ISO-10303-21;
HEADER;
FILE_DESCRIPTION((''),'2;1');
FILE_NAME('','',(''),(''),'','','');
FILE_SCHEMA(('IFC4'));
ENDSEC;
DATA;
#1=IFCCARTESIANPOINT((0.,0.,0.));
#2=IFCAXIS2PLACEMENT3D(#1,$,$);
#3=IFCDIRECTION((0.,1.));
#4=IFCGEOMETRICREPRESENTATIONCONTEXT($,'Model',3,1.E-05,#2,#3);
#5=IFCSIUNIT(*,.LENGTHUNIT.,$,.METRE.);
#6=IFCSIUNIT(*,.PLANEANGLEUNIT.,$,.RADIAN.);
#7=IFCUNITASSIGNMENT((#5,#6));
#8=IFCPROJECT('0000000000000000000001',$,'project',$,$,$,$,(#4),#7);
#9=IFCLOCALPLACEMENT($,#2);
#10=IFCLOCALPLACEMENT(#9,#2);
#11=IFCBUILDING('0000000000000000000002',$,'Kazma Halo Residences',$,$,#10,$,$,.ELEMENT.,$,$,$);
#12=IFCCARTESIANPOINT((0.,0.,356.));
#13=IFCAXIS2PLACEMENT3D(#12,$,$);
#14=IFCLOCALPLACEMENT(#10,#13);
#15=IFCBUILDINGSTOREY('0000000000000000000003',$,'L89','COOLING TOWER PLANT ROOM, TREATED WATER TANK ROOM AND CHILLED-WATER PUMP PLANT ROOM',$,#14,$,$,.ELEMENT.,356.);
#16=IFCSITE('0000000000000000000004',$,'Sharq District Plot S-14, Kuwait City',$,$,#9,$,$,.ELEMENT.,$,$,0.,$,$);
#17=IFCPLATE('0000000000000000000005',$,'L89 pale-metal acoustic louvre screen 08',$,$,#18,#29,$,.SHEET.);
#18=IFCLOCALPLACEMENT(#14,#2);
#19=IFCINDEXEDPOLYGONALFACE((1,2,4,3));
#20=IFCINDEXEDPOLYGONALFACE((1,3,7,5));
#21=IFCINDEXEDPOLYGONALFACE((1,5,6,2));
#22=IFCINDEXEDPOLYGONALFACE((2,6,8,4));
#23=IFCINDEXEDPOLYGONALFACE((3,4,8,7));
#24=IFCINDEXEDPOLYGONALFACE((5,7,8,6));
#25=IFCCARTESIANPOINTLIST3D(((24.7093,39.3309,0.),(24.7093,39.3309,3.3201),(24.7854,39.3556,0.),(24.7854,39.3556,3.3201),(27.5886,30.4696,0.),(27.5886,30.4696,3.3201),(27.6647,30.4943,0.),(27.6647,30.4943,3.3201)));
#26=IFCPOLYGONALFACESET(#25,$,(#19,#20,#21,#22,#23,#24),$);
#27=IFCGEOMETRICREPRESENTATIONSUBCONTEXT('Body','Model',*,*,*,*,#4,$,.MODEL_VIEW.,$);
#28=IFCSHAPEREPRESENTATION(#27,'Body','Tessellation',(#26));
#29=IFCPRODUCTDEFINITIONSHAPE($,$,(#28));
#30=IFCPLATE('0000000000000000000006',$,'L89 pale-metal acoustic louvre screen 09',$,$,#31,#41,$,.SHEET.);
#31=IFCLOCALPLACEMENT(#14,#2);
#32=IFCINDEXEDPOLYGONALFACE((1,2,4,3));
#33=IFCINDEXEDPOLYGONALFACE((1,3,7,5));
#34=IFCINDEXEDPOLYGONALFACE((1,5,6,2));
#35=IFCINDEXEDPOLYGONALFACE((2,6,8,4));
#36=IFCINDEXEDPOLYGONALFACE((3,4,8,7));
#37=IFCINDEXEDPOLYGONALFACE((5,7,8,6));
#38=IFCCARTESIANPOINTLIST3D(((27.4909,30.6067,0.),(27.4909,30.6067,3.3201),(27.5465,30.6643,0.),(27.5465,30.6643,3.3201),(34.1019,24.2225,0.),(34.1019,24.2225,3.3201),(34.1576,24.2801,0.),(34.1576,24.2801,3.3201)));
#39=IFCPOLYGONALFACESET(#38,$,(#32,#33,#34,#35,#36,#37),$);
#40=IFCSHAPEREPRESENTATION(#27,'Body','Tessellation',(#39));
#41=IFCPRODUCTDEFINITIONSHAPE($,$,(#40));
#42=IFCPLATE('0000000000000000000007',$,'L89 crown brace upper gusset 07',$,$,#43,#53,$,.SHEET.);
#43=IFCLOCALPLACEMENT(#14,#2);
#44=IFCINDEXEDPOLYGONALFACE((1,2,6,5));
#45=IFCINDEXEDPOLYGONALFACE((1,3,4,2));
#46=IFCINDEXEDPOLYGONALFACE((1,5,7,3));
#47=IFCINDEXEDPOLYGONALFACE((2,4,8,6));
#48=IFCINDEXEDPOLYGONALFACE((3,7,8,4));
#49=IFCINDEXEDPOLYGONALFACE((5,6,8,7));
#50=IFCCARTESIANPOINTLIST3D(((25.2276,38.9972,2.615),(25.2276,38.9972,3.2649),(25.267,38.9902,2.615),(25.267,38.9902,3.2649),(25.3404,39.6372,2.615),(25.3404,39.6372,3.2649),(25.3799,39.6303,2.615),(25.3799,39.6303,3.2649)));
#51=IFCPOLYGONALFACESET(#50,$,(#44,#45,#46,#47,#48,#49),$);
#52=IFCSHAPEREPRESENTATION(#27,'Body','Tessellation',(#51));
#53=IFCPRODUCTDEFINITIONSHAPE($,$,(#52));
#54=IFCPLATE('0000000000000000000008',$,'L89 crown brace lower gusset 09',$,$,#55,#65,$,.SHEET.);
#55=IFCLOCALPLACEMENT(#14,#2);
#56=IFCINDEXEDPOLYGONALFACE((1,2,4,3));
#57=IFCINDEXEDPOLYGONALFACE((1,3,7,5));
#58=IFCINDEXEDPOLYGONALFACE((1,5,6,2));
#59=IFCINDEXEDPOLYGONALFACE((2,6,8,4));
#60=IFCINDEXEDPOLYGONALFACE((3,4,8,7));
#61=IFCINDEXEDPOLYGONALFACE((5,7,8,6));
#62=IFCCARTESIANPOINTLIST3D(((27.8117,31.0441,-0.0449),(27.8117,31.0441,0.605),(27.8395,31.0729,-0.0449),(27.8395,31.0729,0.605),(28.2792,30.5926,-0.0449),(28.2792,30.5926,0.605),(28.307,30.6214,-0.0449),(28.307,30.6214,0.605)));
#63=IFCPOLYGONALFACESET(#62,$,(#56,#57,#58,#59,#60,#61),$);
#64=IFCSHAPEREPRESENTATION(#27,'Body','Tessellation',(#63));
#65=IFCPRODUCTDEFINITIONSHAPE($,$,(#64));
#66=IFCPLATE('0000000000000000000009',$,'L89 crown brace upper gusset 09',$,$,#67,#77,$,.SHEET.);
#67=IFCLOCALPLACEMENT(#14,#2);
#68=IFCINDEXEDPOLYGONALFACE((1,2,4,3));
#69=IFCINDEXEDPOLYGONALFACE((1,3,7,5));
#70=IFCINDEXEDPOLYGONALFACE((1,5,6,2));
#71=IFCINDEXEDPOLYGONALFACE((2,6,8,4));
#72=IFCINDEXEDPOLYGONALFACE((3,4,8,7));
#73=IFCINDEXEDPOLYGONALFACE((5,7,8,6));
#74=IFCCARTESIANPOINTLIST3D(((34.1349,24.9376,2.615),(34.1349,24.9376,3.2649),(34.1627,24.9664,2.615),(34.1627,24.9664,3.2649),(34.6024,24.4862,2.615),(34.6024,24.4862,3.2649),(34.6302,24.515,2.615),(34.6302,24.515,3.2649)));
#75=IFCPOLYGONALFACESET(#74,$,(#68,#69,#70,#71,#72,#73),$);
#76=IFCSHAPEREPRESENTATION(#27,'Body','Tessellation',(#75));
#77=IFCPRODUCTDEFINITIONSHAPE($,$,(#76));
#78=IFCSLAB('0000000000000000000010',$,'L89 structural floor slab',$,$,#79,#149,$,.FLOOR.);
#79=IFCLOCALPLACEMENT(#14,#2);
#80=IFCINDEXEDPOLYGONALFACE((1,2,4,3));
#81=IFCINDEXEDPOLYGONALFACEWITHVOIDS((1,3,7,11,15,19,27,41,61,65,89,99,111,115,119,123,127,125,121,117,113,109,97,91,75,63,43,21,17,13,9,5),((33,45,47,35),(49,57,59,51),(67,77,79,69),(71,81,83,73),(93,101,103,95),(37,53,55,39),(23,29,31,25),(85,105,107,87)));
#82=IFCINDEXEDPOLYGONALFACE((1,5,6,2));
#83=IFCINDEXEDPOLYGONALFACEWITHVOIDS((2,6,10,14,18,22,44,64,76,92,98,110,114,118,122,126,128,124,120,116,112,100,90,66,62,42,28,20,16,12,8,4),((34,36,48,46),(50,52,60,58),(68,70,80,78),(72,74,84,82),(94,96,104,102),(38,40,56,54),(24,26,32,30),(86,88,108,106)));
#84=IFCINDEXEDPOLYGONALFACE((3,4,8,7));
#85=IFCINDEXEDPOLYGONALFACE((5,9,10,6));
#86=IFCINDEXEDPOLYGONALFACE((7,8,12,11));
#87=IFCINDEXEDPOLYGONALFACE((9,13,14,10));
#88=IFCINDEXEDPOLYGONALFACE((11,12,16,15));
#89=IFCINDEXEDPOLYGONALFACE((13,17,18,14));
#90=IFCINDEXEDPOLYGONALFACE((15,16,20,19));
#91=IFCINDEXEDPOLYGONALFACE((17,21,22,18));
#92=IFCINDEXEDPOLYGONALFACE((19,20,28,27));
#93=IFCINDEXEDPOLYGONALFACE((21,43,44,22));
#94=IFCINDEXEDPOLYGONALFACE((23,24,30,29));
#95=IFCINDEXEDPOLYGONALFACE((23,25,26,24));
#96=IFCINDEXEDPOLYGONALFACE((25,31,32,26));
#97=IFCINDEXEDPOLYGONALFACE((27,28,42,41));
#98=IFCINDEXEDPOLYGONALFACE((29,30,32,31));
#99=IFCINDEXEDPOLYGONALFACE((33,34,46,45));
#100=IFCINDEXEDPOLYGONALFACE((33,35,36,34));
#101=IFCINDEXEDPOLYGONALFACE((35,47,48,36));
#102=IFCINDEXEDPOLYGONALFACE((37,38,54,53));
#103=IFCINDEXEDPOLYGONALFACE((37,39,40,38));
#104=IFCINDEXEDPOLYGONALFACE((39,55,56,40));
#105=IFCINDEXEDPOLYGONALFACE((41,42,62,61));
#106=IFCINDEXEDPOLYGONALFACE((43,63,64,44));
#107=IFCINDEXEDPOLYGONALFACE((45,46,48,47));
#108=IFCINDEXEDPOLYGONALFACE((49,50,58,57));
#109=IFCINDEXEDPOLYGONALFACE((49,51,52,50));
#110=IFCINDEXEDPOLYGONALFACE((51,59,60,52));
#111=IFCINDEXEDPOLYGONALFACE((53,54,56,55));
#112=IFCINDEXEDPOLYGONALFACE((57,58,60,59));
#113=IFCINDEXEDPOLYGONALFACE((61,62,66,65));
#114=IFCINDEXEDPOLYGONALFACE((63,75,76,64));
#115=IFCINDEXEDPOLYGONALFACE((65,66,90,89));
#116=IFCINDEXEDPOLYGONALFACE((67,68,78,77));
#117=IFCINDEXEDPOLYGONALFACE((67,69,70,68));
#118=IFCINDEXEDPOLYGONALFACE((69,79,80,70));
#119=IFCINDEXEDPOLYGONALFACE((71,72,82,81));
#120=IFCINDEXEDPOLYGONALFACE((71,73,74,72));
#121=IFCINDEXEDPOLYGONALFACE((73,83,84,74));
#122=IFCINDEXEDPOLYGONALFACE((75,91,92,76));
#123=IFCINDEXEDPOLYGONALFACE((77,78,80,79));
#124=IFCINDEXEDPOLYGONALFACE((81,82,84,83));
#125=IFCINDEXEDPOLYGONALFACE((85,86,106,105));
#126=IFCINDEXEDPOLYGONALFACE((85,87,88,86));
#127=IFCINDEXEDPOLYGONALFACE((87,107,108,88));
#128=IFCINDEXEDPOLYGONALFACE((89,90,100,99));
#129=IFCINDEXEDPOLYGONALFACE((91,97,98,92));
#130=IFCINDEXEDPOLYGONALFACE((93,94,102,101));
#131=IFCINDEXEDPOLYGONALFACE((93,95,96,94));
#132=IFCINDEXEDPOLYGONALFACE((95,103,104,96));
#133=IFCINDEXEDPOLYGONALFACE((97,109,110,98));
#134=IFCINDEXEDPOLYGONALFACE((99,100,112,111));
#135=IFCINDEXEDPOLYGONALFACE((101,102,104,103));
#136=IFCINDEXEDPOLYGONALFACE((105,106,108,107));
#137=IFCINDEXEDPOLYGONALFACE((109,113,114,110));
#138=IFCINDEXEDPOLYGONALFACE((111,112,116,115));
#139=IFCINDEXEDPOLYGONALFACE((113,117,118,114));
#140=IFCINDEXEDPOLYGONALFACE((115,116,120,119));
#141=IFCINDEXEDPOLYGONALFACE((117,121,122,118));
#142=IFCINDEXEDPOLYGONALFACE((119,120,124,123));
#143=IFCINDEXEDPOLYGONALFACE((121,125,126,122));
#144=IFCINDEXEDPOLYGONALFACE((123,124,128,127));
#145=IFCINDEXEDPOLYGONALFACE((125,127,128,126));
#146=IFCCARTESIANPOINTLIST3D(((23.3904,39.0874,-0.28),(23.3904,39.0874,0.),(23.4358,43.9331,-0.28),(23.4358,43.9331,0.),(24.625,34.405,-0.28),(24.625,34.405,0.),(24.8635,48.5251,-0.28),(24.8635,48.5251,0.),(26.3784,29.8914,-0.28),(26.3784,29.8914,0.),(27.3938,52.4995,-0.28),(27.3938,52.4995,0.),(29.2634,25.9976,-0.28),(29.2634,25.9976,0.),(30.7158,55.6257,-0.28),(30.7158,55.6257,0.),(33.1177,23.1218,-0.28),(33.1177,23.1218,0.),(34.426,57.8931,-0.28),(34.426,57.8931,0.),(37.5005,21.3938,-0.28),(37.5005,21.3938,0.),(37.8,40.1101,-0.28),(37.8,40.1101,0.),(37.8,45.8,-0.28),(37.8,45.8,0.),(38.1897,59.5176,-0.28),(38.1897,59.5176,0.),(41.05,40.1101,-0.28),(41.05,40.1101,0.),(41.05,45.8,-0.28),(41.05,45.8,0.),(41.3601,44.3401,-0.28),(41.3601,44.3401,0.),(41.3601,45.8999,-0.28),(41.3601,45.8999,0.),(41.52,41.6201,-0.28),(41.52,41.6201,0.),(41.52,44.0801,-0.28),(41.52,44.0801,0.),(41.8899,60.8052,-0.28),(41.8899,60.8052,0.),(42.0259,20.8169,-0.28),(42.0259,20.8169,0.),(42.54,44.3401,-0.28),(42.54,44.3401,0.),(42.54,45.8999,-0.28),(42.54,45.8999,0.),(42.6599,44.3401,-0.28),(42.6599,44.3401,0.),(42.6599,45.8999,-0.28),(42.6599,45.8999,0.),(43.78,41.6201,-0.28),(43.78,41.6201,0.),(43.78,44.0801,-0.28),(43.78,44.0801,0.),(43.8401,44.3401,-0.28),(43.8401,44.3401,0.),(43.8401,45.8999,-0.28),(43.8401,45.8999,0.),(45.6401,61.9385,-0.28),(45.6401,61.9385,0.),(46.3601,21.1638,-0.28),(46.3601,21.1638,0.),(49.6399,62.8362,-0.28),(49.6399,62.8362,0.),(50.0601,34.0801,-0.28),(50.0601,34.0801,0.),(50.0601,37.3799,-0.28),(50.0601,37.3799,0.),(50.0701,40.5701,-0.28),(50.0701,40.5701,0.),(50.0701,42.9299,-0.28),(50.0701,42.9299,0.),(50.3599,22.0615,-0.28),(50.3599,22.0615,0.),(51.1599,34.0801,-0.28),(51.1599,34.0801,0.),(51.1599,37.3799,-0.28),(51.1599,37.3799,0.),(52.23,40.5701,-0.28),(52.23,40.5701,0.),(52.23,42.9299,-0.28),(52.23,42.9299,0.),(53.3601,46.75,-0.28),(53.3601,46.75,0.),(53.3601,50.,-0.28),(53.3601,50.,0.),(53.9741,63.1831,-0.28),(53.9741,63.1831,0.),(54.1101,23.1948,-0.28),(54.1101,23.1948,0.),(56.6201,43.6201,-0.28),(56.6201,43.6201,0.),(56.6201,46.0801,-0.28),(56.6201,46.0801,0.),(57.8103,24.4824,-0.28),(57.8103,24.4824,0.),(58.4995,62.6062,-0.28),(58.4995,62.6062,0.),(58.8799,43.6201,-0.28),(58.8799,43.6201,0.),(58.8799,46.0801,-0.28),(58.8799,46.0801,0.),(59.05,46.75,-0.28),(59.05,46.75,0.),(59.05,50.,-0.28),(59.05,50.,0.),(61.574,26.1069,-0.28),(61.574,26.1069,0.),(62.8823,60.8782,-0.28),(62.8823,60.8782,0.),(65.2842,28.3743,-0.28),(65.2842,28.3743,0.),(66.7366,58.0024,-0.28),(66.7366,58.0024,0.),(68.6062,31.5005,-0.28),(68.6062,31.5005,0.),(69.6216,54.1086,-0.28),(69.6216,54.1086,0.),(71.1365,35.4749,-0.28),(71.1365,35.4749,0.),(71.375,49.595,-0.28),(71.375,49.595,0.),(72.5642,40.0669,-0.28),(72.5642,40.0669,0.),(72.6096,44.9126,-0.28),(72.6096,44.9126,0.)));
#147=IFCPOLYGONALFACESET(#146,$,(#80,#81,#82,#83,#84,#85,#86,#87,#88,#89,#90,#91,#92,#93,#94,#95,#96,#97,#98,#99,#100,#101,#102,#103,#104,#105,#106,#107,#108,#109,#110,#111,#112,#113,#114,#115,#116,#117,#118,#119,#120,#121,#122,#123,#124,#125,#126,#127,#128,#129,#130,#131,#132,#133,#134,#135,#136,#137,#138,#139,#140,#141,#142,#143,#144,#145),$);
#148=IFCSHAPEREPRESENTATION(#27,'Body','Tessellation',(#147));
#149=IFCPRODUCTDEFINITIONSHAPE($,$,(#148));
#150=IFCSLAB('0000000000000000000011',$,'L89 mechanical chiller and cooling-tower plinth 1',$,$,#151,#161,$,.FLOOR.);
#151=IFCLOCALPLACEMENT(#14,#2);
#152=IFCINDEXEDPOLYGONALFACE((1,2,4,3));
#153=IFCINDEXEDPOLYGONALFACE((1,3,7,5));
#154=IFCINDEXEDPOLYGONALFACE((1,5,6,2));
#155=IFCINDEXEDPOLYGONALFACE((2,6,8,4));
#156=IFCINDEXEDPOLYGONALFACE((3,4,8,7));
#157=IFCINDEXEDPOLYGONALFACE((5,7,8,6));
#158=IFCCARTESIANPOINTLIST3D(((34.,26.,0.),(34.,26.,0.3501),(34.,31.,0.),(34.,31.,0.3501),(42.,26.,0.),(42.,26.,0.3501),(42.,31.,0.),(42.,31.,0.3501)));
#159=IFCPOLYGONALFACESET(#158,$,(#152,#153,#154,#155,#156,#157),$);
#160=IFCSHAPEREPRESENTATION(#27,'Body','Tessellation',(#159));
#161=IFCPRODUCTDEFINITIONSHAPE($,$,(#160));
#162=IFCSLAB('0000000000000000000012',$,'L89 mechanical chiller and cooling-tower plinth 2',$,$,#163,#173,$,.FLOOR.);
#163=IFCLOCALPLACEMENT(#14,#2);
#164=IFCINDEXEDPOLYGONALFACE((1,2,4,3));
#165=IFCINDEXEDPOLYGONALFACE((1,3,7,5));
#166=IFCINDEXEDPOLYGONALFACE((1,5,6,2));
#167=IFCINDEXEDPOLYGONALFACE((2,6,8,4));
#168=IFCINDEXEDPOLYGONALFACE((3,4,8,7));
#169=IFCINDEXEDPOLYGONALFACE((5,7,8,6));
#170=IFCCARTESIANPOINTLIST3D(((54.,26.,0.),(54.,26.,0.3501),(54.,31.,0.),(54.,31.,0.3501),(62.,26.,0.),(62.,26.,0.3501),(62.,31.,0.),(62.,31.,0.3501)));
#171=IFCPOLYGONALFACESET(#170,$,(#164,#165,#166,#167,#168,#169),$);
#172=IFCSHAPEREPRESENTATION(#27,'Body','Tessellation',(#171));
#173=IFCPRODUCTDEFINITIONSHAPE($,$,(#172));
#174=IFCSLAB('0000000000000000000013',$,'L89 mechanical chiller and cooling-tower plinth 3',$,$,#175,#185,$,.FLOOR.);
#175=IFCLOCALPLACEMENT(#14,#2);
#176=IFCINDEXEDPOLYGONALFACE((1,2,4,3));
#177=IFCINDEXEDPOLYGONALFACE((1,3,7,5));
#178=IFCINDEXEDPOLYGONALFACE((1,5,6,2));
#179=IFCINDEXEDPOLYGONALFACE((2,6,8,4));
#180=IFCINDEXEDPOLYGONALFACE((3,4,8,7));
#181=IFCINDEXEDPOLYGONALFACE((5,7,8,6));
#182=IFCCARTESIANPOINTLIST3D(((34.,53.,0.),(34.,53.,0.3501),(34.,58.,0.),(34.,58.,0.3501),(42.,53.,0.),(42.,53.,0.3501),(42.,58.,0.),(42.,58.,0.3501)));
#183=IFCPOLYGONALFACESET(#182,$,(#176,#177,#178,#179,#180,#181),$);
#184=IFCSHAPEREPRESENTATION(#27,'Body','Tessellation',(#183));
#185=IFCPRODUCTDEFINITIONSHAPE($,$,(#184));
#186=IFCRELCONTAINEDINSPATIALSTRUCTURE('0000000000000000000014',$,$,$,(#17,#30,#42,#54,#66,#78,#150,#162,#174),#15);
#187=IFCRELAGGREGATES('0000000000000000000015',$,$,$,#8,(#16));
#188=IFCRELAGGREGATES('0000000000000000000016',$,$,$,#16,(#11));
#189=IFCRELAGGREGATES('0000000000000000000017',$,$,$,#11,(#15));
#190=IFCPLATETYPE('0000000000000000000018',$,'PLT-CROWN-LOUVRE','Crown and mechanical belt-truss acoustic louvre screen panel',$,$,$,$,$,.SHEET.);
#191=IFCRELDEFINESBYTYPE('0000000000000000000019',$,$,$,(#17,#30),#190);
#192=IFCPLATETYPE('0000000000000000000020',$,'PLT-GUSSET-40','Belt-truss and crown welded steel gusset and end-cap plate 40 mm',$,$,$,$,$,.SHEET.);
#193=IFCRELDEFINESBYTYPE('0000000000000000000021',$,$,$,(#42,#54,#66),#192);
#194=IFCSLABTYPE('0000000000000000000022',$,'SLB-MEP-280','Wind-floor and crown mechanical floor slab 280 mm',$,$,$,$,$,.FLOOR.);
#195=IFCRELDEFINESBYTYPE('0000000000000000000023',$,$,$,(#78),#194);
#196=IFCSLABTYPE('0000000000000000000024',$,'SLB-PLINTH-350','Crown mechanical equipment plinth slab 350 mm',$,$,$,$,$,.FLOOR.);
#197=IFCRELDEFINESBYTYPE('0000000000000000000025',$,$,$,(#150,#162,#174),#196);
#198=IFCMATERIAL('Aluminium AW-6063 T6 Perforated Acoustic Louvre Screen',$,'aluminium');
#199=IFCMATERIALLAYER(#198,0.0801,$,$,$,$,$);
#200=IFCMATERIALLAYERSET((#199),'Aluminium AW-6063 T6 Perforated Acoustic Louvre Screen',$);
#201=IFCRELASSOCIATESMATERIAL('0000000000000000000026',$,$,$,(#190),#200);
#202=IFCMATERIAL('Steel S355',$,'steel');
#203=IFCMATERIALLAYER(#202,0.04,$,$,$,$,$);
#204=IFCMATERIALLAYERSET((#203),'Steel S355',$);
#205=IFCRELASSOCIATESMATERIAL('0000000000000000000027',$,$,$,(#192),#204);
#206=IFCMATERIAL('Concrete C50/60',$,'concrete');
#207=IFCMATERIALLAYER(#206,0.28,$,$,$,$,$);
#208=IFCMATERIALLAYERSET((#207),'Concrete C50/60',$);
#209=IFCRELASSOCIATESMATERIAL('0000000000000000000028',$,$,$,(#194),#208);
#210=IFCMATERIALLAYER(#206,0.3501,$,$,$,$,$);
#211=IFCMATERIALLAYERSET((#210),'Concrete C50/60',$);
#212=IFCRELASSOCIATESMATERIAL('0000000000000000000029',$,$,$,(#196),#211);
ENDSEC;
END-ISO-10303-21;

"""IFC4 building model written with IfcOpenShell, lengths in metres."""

from ifc_helpers import new_model, si_unit, direction, frame, origin, origin_2d, place, context, subcontext, project, spatial, polyline, rectangle, outline, extrude, material, layer, layer_set, type_object, element, save


model = new_model("IFC4")

# Units and contexts
model_context = context("Model", 3, precision=1e-05, world=origin(), true_north=direction((0.0, 1.0)))
body_context = subcontext(model_context, "Body", "Model", "MODEL_VIEW")
ifc_project = project(units=[si_unit("LENGTHUNIT", "METRE"), si_unit("PLANEANGLEUNIT", "RADIAN")], contexts=[model_context])

# Site, building, storey
site_placement = place(None, origin())
site = spatial("IfcSite", under=ifc_project, at=site_placement, Name="Sharq District Plot S-14, Kuwait City", CompositionType="ELEMENT", RefElevation=0.0)
building_placement = place(site_placement, origin())
building = spatial("IfcBuilding", under=site, at=building_placement, Name="Kazma Halo Residences", CompositionType="ELEMENT")
storey_placement = place(building_placement, frame((0.0, 0.0, 356.0)))
storey = spatial("IfcBuildingStorey", under=building, at=storey_placement, Name="L89", Description="COOLING TOWER PLANT ROOM, TREATED WATER TANK ROOM AND CHILLED-WATER PUMP PLANT ROOM", CompositionType="ELEMENT", Elevation=356.0)

# Shared definitions
ifc_material_1 = material(Name="Steel S355", Category="steel")

# Plates
ifc_material_2 = material(Name="Aluminium AW-6063 T6 Perforated Acoustic Louvre Screen", Category="aluminium")
ifc_layer_1 = layer(ifc_material_2, 0.0801)
ifc_layer_set_1 = layer_set([ifc_layer_1], Name="Aluminium AW-6063 T6 Perforated Acoustic Louvre Screen")
plate_type_1 = type_object("IfcPlateType", Name="PLT-CROWN-LOUVRE", Description="Crown and mechanical belt-truss acoustic louvre screen panel", PredefinedType="SHEET", material=ifc_layer_set_1)
plate_1_placement = place(storey_placement, frame((26.187, 34.9126, 0.0), z_axis=(0.0, 0.0, 1.0), x_axis=(0.309023, -0.951055, 0.0)))
element("IfcPlate", 1, at=plate_1_placement, inside=storey, type_object=plate_type_1, Name="L89 pale-metal acoustic louvre screen 08", PredefinedType="SHEET", context=body_context, shape_type="SweptSolid", body=[
    extrude(rectangle(XDim=9.3174, YDim=0.0801, at=origin_2d()), origin(), (0.0, 0.0, 1.0), 3.3201),
])
plate_2_placement = place(storey_placement, frame((30.8242, 27.4434, 0.0), z_axis=(0.0, 0.0, 1.0), x_axis=(0.719342, -0.694656, 0.0)))
element("IfcPlate", 2, at=plate_2_placement, inside=storey, type_object=plate_type_1, Name="L89 pale-metal acoustic louvre screen 09", PredefinedType="SHEET", context=body_context, shape_type="SweptSolid", body=[
    extrude(rectangle(XDim=9.1904, YDim=0.0801, at=origin_2d()), origin(), (0.0, 0.0, 1.0), 3.3201),
])
ifc_layer_2 = layer(ifc_material_1, 0.04)
ifc_layer_set_2 = layer_set([ifc_layer_2], Name="Steel S355")
plate_type_2 = type_object("IfcPlateType", Name="PLT-GUSSET-40", Description="Belt-truss and crown welded steel gusset and end-cap plate 40 mm", PredefinedType="SHEET", material=ifc_layer_set_2)
for number, where, z_axis, x_axis, name in (
    (3, (25.3037, 39.3137, 2.615), (0.0, 0.0, 1.0), (-0.173656, -0.984806, 0.0), "L89 crown brace upper gusset 07"),
    (4, (28.0593, 30.8328, -0.0449), (0.0, 0.0, 1.0), (0.719342, -0.694656, 0.0), "L89 crown brace lower gusset 09"),
    (5, (34.3826, 24.7263, 2.615), (0.0, 0.0, 1.0), (0.719342, -0.694656, 0.0), "L89 crown brace upper gusset 09"),
):
    element("IfcPlate", number, at=place(storey_placement, frame(where, z_axis=z_axis, x_axis=x_axis)), inside=storey, type_object=plate_type_2, Name=name, PredefinedType="SHEET", context=body_context, shape_type="SweptSolid", body=[
        extrude(rectangle(XDim=0.6499, YDim=0.04, at=origin_2d()), origin(), (0.0, 0.0, 1.0), 0.6499),
    ])

# Slabs
ifc_material_3 = material(Name="Concrete C50/60", Category="concrete")
ifc_layer_3 = layer(ifc_material_3, 0.28)
ifc_layer_set_3 = layer_set([ifc_layer_3], Name="Concrete C50/60")
slab_type_1 = type_object("IfcSlabType", Name="SLB-MEP-280", Description="Wind-floor and crown mechanical floor slab 280 mm", PredefinedType="FLOOR", material=ifc_layer_set_3)
slab_1_placement = place(storey_placement, frame((0.0, 0.0, -0.28)))
element("IfcSlab", 6, at=slab_1_placement, inside=storey, type_object=slab_type_1, Name="L89 structural floor slab", PredefinedType="FLOOR", context=body_context, shape_type="SweptSolid", body=[
    extrude(outline(polyline([(71.375, 49.595), (69.6216, 54.1086), (66.7366, 58.0024), (62.8823, 60.8782), (58.4995, 62.6062), (53.9741, 63.1831), (49.6399, 62.8362), (45.6401, 61.9385), (41.8899, 60.8052), (38.1897, 59.5176), (34.426, 57.8931), (30.7158, 55.6257), (27.3938, 52.4995), (24.8635, 48.5251), (23.4358, 43.9331), (23.3904, 39.0874), (24.625, 34.405), (26.3784, 29.8914), (29.2634, 25.9976), (33.1177, 23.1218), (37.5005, 21.3938), (42.0259, 20.8169), (46.3601, 21.1638), (50.3599, 22.0615), (54.1101, 23.1948), (57.8103, 24.4824), (61.574, 26.1069), (65.2842, 28.3743), (68.6062, 31.5005), (71.1365, 35.4749), (72.5642, 40.0669), (72.6096, 44.9126), (71.375, 49.595)]), holes=[polyline([(37.8, 40.1101), (41.05, 40.1101), (41.05, 45.8), (37.8, 45.8), (37.8, 40.1101)]), polyline([(53.3601, 46.75), (59.05, 46.75), (59.05, 50.0), (53.3601, 50.0), (53.3601, 46.75)]), polyline([(41.52, 41.6201), (43.78, 41.6201), (43.78, 44.0801), (41.52, 44.0801), (41.52, 41.6201)]), polyline([(56.6201, 43.6201), (58.8799, 43.6201), (58.8799, 46.0801), (56.6201, 46.0801), (56.6201, 43.6201)]), polyline([(50.0701, 40.5701), (52.23, 40.5701), (52.23, 42.9299), (50.0701, 42.9299), (50.0701, 40.5701)]), polyline([(41.3601, 44.3401), (42.54, 44.3401), (42.54, 45.8999), (41.3601, 45.8999), (41.3601, 44.3401)]), polyline([(42.6599, 44.3401), (43.8401, 44.3401), (43.8401, 45.8999), (42.6599, 45.8999), (42.6599, 44.3401)]), polyline([(50.0601, 34.0801), (51.1599, 34.0801), (51.1599, 37.3799), (50.0601, 37.3799), (50.0601, 34.0801)])]), origin(), (0.0, 0.0, 1.0), 0.28),
])
ifc_layer_4 = layer(ifc_material_3, 0.3501)
ifc_layer_set_4 = layer_set([ifc_layer_4], Name="Concrete C50/60")
slab_type_2 = type_object("IfcSlabType", Name="SLB-PLINTH-350", Description="Crown mechanical equipment plinth slab 350 mm", PredefinedType="FLOOR", material=ifc_layer_set_4)
slab_2_placement = place(storey_placement, origin())
element("IfcSlab", 7, at=slab_2_placement, inside=storey, type_object=slab_type_2, Name="L89 mechanical chiller and cooling-tower plinth 1", PredefinedType="FLOOR", context=body_context, shape_type="SweptSolid", body=[
    extrude(outline(polyline([(34.0, 26.0), (42.0, 26.0), (42.0, 31.0), (34.0, 31.0), (34.0, 26.0)])), origin(), (0.0, 0.0, 1.0), 0.3501),
])
slab_3_placement = place(storey_placement, origin())
element("IfcSlab", 8, at=slab_3_placement, inside=storey, type_object=slab_type_2, Name="L89 mechanical chiller and cooling-tower plinth 2", PredefinedType="FLOOR", context=body_context, shape_type="SweptSolid", body=[
    extrude(outline(polyline([(54.0, 26.0), (62.0, 26.0), (62.0, 31.0), (54.0, 31.0), (54.0, 26.0)])), origin(), (0.0, 0.0, 1.0), 0.3501),
])
slab_4_placement = place(storey_placement, origin())
element("IfcSlab", 9, at=slab_4_placement, inside=storey, type_object=slab_type_2, Name="L89 mechanical chiller and cooling-tower plinth 3", PredefinedType="FLOOR", context=body_context, shape_type="SweptSolid", body=[
    extrude(outline(polyline([(34.0, 53.0), (42.0, 53.0), (42.0, 58.0), (34.0, 58.0), (34.0, 53.0)])), origin(), (0.0, 0.0, 1.0), 0.3501),
])

save(model, "model.ifc")
